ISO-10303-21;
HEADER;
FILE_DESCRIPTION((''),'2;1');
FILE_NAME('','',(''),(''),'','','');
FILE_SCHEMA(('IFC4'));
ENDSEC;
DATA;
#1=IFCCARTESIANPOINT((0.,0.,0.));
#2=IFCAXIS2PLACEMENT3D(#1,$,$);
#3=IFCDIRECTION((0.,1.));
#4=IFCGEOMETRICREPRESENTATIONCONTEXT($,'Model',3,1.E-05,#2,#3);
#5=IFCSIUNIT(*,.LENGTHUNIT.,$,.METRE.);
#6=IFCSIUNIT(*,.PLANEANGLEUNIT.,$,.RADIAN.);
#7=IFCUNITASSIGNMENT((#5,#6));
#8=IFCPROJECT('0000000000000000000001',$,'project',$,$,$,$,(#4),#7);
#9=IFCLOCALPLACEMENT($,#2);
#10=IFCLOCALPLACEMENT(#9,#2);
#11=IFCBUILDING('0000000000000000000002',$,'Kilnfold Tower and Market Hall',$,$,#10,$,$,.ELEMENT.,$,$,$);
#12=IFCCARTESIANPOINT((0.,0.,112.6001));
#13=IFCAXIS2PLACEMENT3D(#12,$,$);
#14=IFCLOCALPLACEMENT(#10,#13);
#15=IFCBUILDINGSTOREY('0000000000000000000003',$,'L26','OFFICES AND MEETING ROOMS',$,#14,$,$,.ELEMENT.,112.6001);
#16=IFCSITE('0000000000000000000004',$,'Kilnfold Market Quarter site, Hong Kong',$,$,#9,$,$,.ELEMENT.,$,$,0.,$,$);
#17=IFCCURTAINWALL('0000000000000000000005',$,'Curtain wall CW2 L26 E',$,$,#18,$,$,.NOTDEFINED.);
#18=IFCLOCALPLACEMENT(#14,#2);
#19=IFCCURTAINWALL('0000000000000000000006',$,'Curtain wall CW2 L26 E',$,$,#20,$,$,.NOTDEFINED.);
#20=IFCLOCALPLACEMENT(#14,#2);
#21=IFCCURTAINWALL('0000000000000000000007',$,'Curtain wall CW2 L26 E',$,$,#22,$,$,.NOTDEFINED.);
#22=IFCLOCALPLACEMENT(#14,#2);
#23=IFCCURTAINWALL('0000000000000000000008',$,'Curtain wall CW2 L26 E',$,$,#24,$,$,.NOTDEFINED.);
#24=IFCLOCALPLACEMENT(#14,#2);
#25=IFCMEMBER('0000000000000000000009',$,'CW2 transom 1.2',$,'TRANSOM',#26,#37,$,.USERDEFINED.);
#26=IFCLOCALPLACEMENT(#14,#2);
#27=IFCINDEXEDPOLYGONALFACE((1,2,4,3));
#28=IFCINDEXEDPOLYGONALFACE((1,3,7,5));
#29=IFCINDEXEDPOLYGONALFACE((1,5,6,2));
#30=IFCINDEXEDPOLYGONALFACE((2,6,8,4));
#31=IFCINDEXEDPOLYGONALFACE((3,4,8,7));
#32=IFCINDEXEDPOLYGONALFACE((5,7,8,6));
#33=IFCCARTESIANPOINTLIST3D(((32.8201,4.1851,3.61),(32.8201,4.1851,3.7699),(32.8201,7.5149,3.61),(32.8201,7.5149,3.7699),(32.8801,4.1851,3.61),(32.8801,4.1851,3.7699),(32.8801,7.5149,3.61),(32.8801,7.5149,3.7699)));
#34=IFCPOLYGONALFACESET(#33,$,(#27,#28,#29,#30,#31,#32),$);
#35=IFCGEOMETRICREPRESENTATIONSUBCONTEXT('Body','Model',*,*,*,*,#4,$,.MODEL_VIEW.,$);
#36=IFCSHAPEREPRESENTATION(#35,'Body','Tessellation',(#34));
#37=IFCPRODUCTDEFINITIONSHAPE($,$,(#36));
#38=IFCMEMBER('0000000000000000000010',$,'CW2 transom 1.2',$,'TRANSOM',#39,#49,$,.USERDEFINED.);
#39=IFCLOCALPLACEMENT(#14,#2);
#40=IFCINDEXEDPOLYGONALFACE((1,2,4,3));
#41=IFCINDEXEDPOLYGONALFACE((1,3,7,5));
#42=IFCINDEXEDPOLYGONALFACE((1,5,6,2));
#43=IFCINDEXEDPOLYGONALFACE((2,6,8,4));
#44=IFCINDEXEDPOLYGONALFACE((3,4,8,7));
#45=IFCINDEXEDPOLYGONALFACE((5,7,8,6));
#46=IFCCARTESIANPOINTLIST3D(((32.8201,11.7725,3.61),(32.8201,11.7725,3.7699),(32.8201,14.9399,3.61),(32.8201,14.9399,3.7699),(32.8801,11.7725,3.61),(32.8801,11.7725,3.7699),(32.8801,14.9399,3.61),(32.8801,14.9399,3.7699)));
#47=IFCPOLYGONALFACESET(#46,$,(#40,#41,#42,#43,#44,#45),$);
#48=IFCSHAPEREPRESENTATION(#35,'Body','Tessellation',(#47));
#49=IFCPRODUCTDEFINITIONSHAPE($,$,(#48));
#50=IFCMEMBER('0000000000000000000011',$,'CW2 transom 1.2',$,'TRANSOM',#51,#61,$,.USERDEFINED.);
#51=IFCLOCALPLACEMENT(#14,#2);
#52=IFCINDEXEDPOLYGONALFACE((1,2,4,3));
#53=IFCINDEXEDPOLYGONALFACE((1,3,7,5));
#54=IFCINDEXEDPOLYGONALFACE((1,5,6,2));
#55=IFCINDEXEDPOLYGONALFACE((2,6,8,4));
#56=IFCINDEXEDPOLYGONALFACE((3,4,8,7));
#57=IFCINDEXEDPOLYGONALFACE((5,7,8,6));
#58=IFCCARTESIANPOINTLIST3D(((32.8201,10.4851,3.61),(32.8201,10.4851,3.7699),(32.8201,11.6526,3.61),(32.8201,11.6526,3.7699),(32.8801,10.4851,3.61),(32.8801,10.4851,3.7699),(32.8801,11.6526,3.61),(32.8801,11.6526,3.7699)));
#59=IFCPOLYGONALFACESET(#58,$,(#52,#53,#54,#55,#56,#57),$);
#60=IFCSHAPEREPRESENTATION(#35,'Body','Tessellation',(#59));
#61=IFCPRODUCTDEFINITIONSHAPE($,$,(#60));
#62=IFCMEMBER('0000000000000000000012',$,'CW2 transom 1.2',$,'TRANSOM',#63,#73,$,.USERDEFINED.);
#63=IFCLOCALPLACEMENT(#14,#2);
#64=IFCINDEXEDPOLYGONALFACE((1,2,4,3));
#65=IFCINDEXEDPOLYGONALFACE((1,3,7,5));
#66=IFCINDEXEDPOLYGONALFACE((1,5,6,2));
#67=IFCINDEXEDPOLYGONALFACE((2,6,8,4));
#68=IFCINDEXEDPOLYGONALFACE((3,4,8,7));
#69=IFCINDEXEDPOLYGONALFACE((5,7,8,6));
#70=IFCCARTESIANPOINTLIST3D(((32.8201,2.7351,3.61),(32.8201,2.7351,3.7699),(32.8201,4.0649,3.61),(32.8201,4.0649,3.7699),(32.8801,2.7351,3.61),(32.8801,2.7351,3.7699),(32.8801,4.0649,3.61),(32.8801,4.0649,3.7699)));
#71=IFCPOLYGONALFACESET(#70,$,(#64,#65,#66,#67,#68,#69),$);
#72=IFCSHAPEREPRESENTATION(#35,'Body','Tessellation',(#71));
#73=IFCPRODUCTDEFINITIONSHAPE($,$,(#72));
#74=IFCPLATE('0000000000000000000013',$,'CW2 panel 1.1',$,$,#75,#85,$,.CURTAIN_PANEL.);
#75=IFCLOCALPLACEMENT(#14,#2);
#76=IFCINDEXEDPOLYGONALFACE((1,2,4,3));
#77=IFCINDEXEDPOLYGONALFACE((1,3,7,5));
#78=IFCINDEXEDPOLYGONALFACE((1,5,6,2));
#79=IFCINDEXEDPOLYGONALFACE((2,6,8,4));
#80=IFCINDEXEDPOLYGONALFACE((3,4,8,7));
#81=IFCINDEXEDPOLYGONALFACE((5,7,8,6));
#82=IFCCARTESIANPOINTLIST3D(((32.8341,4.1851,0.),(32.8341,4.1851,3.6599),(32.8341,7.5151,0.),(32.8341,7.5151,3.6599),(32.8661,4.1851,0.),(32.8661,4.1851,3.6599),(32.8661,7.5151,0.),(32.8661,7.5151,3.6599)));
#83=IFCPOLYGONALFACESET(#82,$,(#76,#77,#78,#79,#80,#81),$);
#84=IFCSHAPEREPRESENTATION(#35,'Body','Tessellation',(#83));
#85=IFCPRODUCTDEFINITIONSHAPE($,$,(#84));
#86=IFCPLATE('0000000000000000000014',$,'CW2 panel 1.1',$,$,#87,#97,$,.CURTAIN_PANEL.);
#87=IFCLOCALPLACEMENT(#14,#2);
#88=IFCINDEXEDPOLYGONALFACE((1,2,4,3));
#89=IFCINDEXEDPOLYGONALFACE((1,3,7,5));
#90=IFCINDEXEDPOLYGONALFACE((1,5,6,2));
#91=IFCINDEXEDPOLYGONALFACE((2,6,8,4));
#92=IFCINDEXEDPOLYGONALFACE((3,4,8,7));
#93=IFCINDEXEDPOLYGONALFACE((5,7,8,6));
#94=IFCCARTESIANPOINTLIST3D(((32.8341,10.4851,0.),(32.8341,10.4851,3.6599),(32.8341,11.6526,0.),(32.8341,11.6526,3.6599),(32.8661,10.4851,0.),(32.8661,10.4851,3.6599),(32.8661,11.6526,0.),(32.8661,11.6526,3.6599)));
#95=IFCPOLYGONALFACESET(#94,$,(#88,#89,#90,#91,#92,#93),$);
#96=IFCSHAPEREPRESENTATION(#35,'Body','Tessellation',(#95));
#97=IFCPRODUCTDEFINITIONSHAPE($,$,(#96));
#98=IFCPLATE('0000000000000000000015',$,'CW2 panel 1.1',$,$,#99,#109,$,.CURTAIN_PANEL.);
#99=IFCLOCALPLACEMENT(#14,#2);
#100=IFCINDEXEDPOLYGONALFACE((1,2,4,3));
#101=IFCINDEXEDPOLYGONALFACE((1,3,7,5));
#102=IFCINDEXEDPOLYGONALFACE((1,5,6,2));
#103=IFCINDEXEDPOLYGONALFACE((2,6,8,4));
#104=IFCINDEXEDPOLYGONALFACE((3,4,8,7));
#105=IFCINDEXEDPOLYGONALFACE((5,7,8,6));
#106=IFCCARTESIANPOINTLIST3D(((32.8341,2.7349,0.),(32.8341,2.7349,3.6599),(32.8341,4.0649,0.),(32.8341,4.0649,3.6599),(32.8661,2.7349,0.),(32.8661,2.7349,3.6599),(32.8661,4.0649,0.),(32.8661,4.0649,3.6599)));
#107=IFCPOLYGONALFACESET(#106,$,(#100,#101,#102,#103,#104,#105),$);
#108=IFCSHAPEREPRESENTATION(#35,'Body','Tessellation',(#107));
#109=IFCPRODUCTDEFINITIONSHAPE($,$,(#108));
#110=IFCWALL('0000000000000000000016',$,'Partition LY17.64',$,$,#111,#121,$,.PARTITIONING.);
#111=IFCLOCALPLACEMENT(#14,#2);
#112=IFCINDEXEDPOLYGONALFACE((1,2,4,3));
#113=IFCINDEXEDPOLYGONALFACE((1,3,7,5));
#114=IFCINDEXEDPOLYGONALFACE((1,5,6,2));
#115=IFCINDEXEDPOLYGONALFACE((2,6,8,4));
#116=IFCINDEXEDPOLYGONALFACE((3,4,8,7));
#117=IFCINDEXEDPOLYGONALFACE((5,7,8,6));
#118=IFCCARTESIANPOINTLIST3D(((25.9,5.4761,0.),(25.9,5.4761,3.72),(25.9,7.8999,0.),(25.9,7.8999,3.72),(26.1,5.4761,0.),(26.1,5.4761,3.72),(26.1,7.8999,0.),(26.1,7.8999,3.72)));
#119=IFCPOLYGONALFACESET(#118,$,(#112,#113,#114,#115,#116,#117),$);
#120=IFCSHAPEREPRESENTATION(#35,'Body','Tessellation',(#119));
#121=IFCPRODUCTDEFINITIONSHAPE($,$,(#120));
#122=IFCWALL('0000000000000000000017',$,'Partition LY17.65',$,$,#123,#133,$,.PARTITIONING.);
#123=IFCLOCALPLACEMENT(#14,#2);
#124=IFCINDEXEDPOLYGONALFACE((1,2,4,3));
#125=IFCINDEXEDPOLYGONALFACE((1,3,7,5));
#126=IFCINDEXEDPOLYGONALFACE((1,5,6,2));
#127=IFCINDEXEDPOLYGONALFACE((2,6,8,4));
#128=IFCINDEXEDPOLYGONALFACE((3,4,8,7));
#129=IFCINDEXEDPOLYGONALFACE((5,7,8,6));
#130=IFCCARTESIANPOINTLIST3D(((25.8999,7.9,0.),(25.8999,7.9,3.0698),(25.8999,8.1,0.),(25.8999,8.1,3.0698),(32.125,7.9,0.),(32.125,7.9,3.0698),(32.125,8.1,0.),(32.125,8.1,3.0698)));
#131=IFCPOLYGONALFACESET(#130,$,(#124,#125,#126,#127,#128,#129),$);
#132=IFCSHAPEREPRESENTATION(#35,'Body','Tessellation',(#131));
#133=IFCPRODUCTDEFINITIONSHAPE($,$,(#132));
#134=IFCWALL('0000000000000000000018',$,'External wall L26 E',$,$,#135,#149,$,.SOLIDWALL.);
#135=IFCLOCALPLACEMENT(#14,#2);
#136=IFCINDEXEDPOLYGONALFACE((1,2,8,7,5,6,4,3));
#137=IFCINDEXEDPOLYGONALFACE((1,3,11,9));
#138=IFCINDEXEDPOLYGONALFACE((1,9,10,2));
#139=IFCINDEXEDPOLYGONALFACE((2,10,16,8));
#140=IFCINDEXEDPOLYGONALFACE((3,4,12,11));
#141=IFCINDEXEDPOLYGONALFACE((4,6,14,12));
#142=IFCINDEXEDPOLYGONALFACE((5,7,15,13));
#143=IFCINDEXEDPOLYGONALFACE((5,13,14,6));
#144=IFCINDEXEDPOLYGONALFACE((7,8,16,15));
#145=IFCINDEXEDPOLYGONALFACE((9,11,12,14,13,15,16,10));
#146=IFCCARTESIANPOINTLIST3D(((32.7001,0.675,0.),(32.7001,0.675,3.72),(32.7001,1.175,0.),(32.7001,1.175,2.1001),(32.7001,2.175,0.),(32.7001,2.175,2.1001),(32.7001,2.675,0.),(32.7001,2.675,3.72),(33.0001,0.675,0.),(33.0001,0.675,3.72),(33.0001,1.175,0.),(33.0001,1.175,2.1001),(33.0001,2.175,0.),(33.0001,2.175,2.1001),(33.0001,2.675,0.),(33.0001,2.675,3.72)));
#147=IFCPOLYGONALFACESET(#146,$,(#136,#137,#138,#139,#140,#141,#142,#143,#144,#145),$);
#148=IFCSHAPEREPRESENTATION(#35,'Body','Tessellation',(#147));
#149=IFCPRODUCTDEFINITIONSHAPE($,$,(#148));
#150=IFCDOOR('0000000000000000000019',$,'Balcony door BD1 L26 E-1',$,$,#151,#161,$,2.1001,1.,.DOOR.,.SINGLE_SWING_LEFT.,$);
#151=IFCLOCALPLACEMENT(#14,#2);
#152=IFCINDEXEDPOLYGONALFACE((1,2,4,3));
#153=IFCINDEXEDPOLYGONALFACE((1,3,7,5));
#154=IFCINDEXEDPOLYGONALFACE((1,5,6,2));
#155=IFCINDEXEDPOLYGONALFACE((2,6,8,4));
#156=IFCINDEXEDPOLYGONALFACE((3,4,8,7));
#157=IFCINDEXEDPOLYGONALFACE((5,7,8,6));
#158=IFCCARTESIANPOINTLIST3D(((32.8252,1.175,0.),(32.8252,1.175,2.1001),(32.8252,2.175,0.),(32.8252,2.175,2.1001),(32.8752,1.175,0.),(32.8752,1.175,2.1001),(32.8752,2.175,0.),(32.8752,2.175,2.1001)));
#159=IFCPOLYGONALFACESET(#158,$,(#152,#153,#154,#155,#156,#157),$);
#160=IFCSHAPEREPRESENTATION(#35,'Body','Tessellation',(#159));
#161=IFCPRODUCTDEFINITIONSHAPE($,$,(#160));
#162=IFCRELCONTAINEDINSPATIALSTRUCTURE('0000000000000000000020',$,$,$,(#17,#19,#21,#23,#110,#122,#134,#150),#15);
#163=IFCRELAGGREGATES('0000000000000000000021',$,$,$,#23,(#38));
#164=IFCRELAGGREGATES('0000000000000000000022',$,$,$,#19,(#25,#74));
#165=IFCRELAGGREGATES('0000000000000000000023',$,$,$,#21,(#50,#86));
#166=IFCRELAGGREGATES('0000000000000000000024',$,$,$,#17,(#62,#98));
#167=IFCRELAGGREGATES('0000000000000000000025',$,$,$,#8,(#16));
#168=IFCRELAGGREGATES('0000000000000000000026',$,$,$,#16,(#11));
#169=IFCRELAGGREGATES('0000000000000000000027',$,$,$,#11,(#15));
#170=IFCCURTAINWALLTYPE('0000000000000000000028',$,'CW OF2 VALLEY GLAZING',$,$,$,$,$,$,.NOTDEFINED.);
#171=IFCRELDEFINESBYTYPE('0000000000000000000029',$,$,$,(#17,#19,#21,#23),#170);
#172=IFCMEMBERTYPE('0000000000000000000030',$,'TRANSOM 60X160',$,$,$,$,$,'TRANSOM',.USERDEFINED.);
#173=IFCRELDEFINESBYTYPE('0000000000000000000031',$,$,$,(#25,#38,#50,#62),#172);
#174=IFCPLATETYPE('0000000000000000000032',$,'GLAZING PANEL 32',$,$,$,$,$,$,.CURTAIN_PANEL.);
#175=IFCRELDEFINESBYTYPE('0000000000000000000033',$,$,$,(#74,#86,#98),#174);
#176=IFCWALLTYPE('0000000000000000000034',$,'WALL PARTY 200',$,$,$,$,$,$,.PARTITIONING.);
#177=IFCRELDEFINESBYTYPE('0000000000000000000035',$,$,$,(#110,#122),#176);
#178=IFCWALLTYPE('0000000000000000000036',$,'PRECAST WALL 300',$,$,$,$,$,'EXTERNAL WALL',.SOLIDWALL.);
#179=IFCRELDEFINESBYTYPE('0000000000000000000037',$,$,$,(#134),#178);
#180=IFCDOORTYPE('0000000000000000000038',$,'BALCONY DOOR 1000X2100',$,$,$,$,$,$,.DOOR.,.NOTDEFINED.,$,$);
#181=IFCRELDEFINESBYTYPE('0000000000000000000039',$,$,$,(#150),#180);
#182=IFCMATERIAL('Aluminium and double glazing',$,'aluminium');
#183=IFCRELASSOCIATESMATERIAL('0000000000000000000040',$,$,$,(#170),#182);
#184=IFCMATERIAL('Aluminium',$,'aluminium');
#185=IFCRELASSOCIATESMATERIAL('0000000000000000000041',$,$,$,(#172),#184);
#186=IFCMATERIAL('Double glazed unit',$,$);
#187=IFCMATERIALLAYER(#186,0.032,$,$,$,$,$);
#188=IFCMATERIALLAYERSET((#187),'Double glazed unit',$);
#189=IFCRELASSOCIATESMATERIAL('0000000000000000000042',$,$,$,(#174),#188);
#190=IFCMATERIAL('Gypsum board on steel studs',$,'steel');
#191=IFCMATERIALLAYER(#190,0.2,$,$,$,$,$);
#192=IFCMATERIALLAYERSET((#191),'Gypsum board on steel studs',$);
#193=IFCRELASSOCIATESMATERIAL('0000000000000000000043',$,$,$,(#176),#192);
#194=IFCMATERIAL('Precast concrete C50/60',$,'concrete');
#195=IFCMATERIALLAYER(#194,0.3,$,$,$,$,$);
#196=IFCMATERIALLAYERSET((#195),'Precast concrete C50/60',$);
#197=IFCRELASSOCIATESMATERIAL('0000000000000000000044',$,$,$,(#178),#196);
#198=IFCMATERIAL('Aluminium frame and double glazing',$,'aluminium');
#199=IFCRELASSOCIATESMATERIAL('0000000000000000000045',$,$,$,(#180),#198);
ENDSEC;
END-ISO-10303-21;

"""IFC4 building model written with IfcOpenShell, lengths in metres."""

from ifc_helpers import new_model, si_unit, direction, frame, frame_2d, origin, origin_2d, place, context, subcontext, project, spatial, rectangle, extrude, source, transform, mapped, material, layer, layer_set, material_profile, profile_set, type_object, element, fill, aggregate, save


model = new_model("IFC4")

# Units and contexts
model_context = context("Model", 3, precision=1e-05, world=origin(), true_north=direction((0.0, 1.0)))
body_context = subcontext(model_context, "Body", "Model", "MODEL_VIEW")
ifc_project = project(units=[si_unit("LENGTHUNIT", "METRE"), si_unit("PLANEANGLEUNIT", "RADIAN")], contexts=[model_context])

# Site, building, storey
site_placement = place(None, origin())
site = spatial("IfcSite", under=ifc_project, at=site_placement, Name="Kilnfold Market Quarter site, Hong Kong", CompositionType="ELEMENT", RefElevation=0.0)
building_placement = place(site_placement, origin())
building = spatial("IfcBuilding", under=site, at=building_placement, Name="Kilnfold Tower and Market Hall", CompositionType="ELEMENT")
storey_placement = place(building_placement, frame((0.0, 0.0, 112.6001)))
storey = spatial("IfcBuildingStorey", under=building, at=storey_placement, Name="L26", Description="OFFICES AND MEETING ROOMS", CompositionType="ELEMENT", Elevation=112.6001)

# Curtain walls
ifc_material_1 = material(Name="Aluminium and double glazing", Category="aluminium")
curtain_wall_type = type_object("IfcCurtainWallType", Name="CW OF2 VALLEY GLAZING", PredefinedType="NOTDEFINED", material=ifc_material_1)
curtain_wall_1_placement = place(storey_placement, origin())
curtain_wall_1 = element("IfcCurtainWall", 1, at=curtain_wall_1_placement, inside=storey, type_object=curtain_wall_type, Name="Curtain wall CW2 L26 E", PredefinedType="NOTDEFINED")
curtain_wall_2_placement = place(storey_placement, origin())
curtain_wall_2 = element("IfcCurtainWall", 2, at=curtain_wall_2_placement, inside=storey, type_object=curtain_wall_type, Name="Curtain wall CW2 L26 E", PredefinedType="NOTDEFINED")
curtain_wall_3_placement = place(storey_placement, origin())
curtain_wall_3 = element("IfcCurtainWall", 3, at=curtain_wall_3_placement, inside=storey, type_object=curtain_wall_type, Name="Curtain wall CW2 L26 E", PredefinedType="NOTDEFINED")

# Curtain wall
curtain_wall_4_placement = place(storey_placement, origin())
curtain_wall_4 = element("IfcCurtainWall", 4, at=curtain_wall_4_placement, inside=storey, type_object=curtain_wall_type, Name="Curtain wall CW2 L26 E", PredefinedType="NOTDEFINED")

# Members
ifc_material_2 = material(Name="Aluminium", Category="aluminium")
ifc_material_profile_1 = material_profile(ifc_material_2, rectangle(XDim=0.0601, YDim=0.1599, at=origin_2d()), Name="TRANSOM 60x160")
ifc_profile_set_1 = profile_set([ifc_material_profile_1], Name="Aluminium")
member_type_1 = type_object("IfcMemberType", Name="TRANSOM 60X160", ElementType="TRANSOM", PredefinedType="USERDEFINED", material=ifc_profile_set_1)
shared_shape_1 = source(origin(), body_context, "Body", "SweptSolid", [
    extrude(rectangle(XDim=0.0601, YDim=0.1599, at=origin_2d()), origin(), (0.0, 0.0, 1.0), 3.3298),
])
member_1_placement = place(storey_placement, frame((32.8501, 4.1851, 3.6899), z_axis=(0.0, 1.0, 0.0), x_axis=(-1.0, 0.0, 0.0)))
member_1 = element("IfcMember", 5, at=member_1_placement, type_object=member_type_1, Name="CW2 transom 1.2", ObjectType="TRANSOM", PredefinedType="USERDEFINED", context=body_context, shape_type="MappedRepresentation", body=[
    mapped(shared_shape_1, transform((0.0, 0.0, 0.0))),
])
shared_shape_2 = source(origin(), body_context, "Body", "SweptSolid", [
    extrude(rectangle(XDim=0.0601, YDim=0.1599, at=origin_2d()), origin(), (0.0, 0.0, 1.0), 3.1675),
])
member_2_placement = place(storey_placement, frame((32.8501, 11.7725, 3.6899), z_axis=(0.0, 1.0, 0.0), x_axis=(-1.0, 0.0, 0.0)))
member_2 = element("IfcMember", 6, at=member_2_placement, type_object=member_type_1, Name="CW2 transom 1.2", ObjectType="TRANSOM", PredefinedType="USERDEFINED", context=body_context, shape_type="MappedRepresentation", body=[
    mapped(shared_shape_2, transform((0.0, 0.0, 0.0))),
])
aggregate(curtain_wall_4, [member_2])
shared_shape_3 = source(origin(), body_context, "Body", "SweptSolid", [
    extrude(rectangle(XDim=0.0601, YDim=0.1599, at=origin_2d()), origin(), (0.0, 0.0, 1.0), 1.1675),
])
member_3_placement = place(storey_placement, frame((32.8501, 10.4851, 3.6899), z_axis=(0.0, 1.0, 0.0), x_axis=(-1.0, 0.0, 0.0)))
member_3 = element("IfcMember", 7, at=member_3_placement, type_object=member_type_1, Name="CW2 transom 1.2", ObjectType="TRANSOM", PredefinedType="USERDEFINED", context=body_context, shape_type="MappedRepresentation", body=[
    mapped(shared_shape_3, transform((0.0, 0.0, 0.0))),
])
shared_shape_4 = source(origin(), body_context, "Body", "SweptSolid", [
    extrude(rectangle(XDim=0.0601, YDim=0.1599, at=origin_2d()), origin(), (0.0, 0.0, 1.0), 1.3298),
])
member_4_placement = place(storey_placement, frame((32.8501, 2.7351, 3.6899), z_axis=(0.0, 1.0, 0.0), x_axis=(-1.0, 0.0, 0.0)))
member_4 = element("IfcMember", 8, at=member_4_placement, type_object=member_type_1, Name="CW2 transom 1.2", ObjectType="TRANSOM", PredefinedType="USERDEFINED", context=body_context, shape_type="MappedRepresentation", body=[
    mapped(shared_shape_4, transform((0.0, 0.0, 0.0))),
])

# Plates
ifc_material_3 = material(Name="Double glazed unit")
ifc_layer_1 = layer(ifc_material_3, 0.032)
ifc_layer_set_1 = layer_set([ifc_layer_1], Name="Double glazed unit")
plate_type = type_object("IfcPlateType", Name="GLAZING PANEL 32", PredefinedType="CURTAIN_PANEL", material=ifc_layer_set_1)
shared_shape_5 = source(origin(), body_context, "Body", "SweptSolid", [
    extrude(rectangle(XDim=3.3301, YDim=0.032, at=origin_2d()), origin(), (0.0, 0.0, 1.0), 3.6599),
])
plate_1_placement = place(storey_placement, frame((32.8501, 5.8501, 0.0), z_axis=(0.0, 0.0, 1.0), x_axis=(0.0, 1.0, 0.0)))
plate_1 = element("IfcPlate", 9, at=plate_1_placement, type_object=plate_type, Name="CW2 panel 1.1", PredefinedType="CURTAIN_PANEL", context=body_context, shape_type="MappedRepresentation", body=[
    mapped(shared_shape_5, transform((0.0, 0.0, 0.0))),
])
aggregate(curtain_wall_2, [member_1, plate_1])
shared_shape_6 = source(origin(), body_context, "Body", "SweptSolid", [
    extrude(rectangle(XDim=1.1675, YDim=0.032, at=origin_2d()), origin(), (0.0, 0.0, 1.0), 3.6599),
])
plate_2_placement = place(storey_placement, frame((32.8501, 11.0688, 0.0), z_axis=(0.0, 0.0, 1.0), x_axis=(0.0, 1.0, 0.0)))
plate_2 = element("IfcPlate", 10, at=plate_2_placement, type_object=plate_type, Name="CW2 panel 1.1", PredefinedType="CURTAIN_PANEL", context=body_context, shape_type="MappedRepresentation", body=[
    mapped(shared_shape_6, transform((0.0, 0.0, 0.0))),
])
aggregate(curtain_wall_3, [member_3, plate_2])
shared_shape_7 = source(origin(), body_context, "Body", "SweptSolid", [
    extrude(rectangle(XDim=1.3301, YDim=0.032, at=origin_2d()), origin(), (0.0, 0.0, 1.0), 3.6599),
])
plate_3_placement = place(storey_placement, frame((32.8501, 3.3999, 0.0), z_axis=(0.0, 0.0, 1.0), x_axis=(0.0, 1.0, 0.0)))
plate_3 = element("IfcPlate", 11, at=plate_3_placement, type_object=plate_type, Name="CW2 panel 1.1", PredefinedType="CURTAIN_PANEL", context=body_context, shape_type="MappedRepresentation", body=[
    mapped(shared_shape_7, transform((0.0, 0.0, 0.0))),
])
aggregate(curtain_wall_1, [member_4, plate_3])

# Walls
ifc_material_4 = material(Name="Gypsum board on steel studs", Category="steel")
ifc_layer_2 = layer(ifc_material_4, 0.2)
ifc_layer_set_2 = layer_set([ifc_layer_2], Name="Gypsum board on steel studs")
wall_type_1 = type_object("IfcWallType", Name="WALL PARTY 200", PredefinedType="PARTITIONING", material=ifc_layer_set_2)
wall_1_placement = place(storey_placement, frame((26.0, 5.4761, 0.0), z_axis=(0.0, 0.0, 1.0), x_axis=(0.0, 1.0, 0.0)))
element("IfcWall", 12, at=wall_1_placement, inside=storey, type_object=wall_type_1, Name="Partition LY17.64", PredefinedType="PARTITIONING", context=body_context, shape_type="SweptSolid", body=[
    extrude(rectangle(XDim=2.4238, YDim=0.2, at=frame_2d((1.2119, 0.0))), origin(), (0.0, 0.0, 1.0), 3.72),
])
wall_2_placement = place(storey_placement, frame((25.8999, 8.0, 0.0), z_axis=(0.0, 0.0, 1.0), x_axis=(1.0, 0.0, 0.0)))
element("IfcWall", 13, at=wall_2_placement, inside=storey, type_object=wall_type_1, Name="Partition LY17.65", PredefinedType="PARTITIONING", context=body_context, shape_type="SweptSolid", body=[
    extrude(rectangle(XDim=6.2251, YDim=0.2, at=frame_2d((3.1125, 0.0))), origin(), (0.0, 0.0, 1.0), 3.0698),
])

# Wall, opening, door
ifc_material_5 = material(Name="Precast concrete C50/60", Category="concrete")
ifc_layer_3 = layer(ifc_material_5, 0.3)
ifc_layer_set_3 = layer_set([ifc_layer_3], Name="Precast concrete C50/60")
wall_type_2 = type_object("IfcWallType", Name="PRECAST WALL 300", ElementType="EXTERNAL WALL", PredefinedType="SOLIDWALL", material=ifc_layer_set_3)
shared_shape_8 = source(origin(), body_context, "Body", "SweptSolid", [
    extrude(rectangle(XDim=2.0, YDim=0.3, at=frame_2d((1.0, 0.0))), origin(), (0.0, 0.0, 1.0), 3.72),
])
wall_3_placement = place(storey_placement, frame((32.8501, 0.675, 0.0), z_axis=(0.0, 0.0, 1.0), x_axis=(0.0, 1.0, 0.0)))
wall_3 = element("IfcWall", 14, at=wall_3_placement, inside=storey, type_object=wall_type_2, Name="External wall L26 E", PredefinedType="SOLIDWALL", context=body_context, shape_type="MappedRepresentation", body=[
    mapped(shared_shape_8, transform((0.0, 0.0, 0.0))),
])
opening_1_placement = place(wall_3_placement, frame((0.5, 0.0, 0.0)))
opening_1 = element("IfcOpeningElement", 15, at=opening_1_placement, cuts=wall_3, PredefinedType="OPENING", context=body_context, shape_type="SweptSolid", body=[
    extrude(rectangle(XDim=1.0, YDim=2.1001, at=frame_2d((0.5, 1.05))), frame((0.0, 0.1602, 0.0), z_axis=(0.0, -1.0, 0.0), x_axis=(1.0, 0.0, 0.0)), (0.0, 0.0, 1.0), 0.3201),
])
ifc_material_6 = material(Name="Aluminium frame and double glazing", Category="aluminium")
door_type = type_object("IfcDoorType", Name="BALCONY DOOR 1000X2100", OperationType="NOTDEFINED", PredefinedType="DOOR", material=ifc_material_6)
door_1_placement = place(opening_1_placement, origin())
door_1 = element("IfcDoor", 16, at=door_1_placement, inside=storey, type_object=door_type, Name="Balcony door BD1 L26 E-1", OperationType="SINGLE_SWING_LEFT", OverallHeight=2.1001, OverallWidth=1.0, PredefinedType="DOOR", context=body_context, shape_type="SweptSolid", body=[
    extrude(rectangle(XDim=1.0, YDim=2.1001, at=frame_2d((0.5, 1.05))), frame((0.0, 0.0249, 0.0), z_axis=(0.0, -1.0, 0.0), x_axis=(1.0, 0.0, 0.0)), (0.0, 0.0, 1.0), 0.05),
])
fill(opening_1, door_1)

save(model, "model.ifc")
